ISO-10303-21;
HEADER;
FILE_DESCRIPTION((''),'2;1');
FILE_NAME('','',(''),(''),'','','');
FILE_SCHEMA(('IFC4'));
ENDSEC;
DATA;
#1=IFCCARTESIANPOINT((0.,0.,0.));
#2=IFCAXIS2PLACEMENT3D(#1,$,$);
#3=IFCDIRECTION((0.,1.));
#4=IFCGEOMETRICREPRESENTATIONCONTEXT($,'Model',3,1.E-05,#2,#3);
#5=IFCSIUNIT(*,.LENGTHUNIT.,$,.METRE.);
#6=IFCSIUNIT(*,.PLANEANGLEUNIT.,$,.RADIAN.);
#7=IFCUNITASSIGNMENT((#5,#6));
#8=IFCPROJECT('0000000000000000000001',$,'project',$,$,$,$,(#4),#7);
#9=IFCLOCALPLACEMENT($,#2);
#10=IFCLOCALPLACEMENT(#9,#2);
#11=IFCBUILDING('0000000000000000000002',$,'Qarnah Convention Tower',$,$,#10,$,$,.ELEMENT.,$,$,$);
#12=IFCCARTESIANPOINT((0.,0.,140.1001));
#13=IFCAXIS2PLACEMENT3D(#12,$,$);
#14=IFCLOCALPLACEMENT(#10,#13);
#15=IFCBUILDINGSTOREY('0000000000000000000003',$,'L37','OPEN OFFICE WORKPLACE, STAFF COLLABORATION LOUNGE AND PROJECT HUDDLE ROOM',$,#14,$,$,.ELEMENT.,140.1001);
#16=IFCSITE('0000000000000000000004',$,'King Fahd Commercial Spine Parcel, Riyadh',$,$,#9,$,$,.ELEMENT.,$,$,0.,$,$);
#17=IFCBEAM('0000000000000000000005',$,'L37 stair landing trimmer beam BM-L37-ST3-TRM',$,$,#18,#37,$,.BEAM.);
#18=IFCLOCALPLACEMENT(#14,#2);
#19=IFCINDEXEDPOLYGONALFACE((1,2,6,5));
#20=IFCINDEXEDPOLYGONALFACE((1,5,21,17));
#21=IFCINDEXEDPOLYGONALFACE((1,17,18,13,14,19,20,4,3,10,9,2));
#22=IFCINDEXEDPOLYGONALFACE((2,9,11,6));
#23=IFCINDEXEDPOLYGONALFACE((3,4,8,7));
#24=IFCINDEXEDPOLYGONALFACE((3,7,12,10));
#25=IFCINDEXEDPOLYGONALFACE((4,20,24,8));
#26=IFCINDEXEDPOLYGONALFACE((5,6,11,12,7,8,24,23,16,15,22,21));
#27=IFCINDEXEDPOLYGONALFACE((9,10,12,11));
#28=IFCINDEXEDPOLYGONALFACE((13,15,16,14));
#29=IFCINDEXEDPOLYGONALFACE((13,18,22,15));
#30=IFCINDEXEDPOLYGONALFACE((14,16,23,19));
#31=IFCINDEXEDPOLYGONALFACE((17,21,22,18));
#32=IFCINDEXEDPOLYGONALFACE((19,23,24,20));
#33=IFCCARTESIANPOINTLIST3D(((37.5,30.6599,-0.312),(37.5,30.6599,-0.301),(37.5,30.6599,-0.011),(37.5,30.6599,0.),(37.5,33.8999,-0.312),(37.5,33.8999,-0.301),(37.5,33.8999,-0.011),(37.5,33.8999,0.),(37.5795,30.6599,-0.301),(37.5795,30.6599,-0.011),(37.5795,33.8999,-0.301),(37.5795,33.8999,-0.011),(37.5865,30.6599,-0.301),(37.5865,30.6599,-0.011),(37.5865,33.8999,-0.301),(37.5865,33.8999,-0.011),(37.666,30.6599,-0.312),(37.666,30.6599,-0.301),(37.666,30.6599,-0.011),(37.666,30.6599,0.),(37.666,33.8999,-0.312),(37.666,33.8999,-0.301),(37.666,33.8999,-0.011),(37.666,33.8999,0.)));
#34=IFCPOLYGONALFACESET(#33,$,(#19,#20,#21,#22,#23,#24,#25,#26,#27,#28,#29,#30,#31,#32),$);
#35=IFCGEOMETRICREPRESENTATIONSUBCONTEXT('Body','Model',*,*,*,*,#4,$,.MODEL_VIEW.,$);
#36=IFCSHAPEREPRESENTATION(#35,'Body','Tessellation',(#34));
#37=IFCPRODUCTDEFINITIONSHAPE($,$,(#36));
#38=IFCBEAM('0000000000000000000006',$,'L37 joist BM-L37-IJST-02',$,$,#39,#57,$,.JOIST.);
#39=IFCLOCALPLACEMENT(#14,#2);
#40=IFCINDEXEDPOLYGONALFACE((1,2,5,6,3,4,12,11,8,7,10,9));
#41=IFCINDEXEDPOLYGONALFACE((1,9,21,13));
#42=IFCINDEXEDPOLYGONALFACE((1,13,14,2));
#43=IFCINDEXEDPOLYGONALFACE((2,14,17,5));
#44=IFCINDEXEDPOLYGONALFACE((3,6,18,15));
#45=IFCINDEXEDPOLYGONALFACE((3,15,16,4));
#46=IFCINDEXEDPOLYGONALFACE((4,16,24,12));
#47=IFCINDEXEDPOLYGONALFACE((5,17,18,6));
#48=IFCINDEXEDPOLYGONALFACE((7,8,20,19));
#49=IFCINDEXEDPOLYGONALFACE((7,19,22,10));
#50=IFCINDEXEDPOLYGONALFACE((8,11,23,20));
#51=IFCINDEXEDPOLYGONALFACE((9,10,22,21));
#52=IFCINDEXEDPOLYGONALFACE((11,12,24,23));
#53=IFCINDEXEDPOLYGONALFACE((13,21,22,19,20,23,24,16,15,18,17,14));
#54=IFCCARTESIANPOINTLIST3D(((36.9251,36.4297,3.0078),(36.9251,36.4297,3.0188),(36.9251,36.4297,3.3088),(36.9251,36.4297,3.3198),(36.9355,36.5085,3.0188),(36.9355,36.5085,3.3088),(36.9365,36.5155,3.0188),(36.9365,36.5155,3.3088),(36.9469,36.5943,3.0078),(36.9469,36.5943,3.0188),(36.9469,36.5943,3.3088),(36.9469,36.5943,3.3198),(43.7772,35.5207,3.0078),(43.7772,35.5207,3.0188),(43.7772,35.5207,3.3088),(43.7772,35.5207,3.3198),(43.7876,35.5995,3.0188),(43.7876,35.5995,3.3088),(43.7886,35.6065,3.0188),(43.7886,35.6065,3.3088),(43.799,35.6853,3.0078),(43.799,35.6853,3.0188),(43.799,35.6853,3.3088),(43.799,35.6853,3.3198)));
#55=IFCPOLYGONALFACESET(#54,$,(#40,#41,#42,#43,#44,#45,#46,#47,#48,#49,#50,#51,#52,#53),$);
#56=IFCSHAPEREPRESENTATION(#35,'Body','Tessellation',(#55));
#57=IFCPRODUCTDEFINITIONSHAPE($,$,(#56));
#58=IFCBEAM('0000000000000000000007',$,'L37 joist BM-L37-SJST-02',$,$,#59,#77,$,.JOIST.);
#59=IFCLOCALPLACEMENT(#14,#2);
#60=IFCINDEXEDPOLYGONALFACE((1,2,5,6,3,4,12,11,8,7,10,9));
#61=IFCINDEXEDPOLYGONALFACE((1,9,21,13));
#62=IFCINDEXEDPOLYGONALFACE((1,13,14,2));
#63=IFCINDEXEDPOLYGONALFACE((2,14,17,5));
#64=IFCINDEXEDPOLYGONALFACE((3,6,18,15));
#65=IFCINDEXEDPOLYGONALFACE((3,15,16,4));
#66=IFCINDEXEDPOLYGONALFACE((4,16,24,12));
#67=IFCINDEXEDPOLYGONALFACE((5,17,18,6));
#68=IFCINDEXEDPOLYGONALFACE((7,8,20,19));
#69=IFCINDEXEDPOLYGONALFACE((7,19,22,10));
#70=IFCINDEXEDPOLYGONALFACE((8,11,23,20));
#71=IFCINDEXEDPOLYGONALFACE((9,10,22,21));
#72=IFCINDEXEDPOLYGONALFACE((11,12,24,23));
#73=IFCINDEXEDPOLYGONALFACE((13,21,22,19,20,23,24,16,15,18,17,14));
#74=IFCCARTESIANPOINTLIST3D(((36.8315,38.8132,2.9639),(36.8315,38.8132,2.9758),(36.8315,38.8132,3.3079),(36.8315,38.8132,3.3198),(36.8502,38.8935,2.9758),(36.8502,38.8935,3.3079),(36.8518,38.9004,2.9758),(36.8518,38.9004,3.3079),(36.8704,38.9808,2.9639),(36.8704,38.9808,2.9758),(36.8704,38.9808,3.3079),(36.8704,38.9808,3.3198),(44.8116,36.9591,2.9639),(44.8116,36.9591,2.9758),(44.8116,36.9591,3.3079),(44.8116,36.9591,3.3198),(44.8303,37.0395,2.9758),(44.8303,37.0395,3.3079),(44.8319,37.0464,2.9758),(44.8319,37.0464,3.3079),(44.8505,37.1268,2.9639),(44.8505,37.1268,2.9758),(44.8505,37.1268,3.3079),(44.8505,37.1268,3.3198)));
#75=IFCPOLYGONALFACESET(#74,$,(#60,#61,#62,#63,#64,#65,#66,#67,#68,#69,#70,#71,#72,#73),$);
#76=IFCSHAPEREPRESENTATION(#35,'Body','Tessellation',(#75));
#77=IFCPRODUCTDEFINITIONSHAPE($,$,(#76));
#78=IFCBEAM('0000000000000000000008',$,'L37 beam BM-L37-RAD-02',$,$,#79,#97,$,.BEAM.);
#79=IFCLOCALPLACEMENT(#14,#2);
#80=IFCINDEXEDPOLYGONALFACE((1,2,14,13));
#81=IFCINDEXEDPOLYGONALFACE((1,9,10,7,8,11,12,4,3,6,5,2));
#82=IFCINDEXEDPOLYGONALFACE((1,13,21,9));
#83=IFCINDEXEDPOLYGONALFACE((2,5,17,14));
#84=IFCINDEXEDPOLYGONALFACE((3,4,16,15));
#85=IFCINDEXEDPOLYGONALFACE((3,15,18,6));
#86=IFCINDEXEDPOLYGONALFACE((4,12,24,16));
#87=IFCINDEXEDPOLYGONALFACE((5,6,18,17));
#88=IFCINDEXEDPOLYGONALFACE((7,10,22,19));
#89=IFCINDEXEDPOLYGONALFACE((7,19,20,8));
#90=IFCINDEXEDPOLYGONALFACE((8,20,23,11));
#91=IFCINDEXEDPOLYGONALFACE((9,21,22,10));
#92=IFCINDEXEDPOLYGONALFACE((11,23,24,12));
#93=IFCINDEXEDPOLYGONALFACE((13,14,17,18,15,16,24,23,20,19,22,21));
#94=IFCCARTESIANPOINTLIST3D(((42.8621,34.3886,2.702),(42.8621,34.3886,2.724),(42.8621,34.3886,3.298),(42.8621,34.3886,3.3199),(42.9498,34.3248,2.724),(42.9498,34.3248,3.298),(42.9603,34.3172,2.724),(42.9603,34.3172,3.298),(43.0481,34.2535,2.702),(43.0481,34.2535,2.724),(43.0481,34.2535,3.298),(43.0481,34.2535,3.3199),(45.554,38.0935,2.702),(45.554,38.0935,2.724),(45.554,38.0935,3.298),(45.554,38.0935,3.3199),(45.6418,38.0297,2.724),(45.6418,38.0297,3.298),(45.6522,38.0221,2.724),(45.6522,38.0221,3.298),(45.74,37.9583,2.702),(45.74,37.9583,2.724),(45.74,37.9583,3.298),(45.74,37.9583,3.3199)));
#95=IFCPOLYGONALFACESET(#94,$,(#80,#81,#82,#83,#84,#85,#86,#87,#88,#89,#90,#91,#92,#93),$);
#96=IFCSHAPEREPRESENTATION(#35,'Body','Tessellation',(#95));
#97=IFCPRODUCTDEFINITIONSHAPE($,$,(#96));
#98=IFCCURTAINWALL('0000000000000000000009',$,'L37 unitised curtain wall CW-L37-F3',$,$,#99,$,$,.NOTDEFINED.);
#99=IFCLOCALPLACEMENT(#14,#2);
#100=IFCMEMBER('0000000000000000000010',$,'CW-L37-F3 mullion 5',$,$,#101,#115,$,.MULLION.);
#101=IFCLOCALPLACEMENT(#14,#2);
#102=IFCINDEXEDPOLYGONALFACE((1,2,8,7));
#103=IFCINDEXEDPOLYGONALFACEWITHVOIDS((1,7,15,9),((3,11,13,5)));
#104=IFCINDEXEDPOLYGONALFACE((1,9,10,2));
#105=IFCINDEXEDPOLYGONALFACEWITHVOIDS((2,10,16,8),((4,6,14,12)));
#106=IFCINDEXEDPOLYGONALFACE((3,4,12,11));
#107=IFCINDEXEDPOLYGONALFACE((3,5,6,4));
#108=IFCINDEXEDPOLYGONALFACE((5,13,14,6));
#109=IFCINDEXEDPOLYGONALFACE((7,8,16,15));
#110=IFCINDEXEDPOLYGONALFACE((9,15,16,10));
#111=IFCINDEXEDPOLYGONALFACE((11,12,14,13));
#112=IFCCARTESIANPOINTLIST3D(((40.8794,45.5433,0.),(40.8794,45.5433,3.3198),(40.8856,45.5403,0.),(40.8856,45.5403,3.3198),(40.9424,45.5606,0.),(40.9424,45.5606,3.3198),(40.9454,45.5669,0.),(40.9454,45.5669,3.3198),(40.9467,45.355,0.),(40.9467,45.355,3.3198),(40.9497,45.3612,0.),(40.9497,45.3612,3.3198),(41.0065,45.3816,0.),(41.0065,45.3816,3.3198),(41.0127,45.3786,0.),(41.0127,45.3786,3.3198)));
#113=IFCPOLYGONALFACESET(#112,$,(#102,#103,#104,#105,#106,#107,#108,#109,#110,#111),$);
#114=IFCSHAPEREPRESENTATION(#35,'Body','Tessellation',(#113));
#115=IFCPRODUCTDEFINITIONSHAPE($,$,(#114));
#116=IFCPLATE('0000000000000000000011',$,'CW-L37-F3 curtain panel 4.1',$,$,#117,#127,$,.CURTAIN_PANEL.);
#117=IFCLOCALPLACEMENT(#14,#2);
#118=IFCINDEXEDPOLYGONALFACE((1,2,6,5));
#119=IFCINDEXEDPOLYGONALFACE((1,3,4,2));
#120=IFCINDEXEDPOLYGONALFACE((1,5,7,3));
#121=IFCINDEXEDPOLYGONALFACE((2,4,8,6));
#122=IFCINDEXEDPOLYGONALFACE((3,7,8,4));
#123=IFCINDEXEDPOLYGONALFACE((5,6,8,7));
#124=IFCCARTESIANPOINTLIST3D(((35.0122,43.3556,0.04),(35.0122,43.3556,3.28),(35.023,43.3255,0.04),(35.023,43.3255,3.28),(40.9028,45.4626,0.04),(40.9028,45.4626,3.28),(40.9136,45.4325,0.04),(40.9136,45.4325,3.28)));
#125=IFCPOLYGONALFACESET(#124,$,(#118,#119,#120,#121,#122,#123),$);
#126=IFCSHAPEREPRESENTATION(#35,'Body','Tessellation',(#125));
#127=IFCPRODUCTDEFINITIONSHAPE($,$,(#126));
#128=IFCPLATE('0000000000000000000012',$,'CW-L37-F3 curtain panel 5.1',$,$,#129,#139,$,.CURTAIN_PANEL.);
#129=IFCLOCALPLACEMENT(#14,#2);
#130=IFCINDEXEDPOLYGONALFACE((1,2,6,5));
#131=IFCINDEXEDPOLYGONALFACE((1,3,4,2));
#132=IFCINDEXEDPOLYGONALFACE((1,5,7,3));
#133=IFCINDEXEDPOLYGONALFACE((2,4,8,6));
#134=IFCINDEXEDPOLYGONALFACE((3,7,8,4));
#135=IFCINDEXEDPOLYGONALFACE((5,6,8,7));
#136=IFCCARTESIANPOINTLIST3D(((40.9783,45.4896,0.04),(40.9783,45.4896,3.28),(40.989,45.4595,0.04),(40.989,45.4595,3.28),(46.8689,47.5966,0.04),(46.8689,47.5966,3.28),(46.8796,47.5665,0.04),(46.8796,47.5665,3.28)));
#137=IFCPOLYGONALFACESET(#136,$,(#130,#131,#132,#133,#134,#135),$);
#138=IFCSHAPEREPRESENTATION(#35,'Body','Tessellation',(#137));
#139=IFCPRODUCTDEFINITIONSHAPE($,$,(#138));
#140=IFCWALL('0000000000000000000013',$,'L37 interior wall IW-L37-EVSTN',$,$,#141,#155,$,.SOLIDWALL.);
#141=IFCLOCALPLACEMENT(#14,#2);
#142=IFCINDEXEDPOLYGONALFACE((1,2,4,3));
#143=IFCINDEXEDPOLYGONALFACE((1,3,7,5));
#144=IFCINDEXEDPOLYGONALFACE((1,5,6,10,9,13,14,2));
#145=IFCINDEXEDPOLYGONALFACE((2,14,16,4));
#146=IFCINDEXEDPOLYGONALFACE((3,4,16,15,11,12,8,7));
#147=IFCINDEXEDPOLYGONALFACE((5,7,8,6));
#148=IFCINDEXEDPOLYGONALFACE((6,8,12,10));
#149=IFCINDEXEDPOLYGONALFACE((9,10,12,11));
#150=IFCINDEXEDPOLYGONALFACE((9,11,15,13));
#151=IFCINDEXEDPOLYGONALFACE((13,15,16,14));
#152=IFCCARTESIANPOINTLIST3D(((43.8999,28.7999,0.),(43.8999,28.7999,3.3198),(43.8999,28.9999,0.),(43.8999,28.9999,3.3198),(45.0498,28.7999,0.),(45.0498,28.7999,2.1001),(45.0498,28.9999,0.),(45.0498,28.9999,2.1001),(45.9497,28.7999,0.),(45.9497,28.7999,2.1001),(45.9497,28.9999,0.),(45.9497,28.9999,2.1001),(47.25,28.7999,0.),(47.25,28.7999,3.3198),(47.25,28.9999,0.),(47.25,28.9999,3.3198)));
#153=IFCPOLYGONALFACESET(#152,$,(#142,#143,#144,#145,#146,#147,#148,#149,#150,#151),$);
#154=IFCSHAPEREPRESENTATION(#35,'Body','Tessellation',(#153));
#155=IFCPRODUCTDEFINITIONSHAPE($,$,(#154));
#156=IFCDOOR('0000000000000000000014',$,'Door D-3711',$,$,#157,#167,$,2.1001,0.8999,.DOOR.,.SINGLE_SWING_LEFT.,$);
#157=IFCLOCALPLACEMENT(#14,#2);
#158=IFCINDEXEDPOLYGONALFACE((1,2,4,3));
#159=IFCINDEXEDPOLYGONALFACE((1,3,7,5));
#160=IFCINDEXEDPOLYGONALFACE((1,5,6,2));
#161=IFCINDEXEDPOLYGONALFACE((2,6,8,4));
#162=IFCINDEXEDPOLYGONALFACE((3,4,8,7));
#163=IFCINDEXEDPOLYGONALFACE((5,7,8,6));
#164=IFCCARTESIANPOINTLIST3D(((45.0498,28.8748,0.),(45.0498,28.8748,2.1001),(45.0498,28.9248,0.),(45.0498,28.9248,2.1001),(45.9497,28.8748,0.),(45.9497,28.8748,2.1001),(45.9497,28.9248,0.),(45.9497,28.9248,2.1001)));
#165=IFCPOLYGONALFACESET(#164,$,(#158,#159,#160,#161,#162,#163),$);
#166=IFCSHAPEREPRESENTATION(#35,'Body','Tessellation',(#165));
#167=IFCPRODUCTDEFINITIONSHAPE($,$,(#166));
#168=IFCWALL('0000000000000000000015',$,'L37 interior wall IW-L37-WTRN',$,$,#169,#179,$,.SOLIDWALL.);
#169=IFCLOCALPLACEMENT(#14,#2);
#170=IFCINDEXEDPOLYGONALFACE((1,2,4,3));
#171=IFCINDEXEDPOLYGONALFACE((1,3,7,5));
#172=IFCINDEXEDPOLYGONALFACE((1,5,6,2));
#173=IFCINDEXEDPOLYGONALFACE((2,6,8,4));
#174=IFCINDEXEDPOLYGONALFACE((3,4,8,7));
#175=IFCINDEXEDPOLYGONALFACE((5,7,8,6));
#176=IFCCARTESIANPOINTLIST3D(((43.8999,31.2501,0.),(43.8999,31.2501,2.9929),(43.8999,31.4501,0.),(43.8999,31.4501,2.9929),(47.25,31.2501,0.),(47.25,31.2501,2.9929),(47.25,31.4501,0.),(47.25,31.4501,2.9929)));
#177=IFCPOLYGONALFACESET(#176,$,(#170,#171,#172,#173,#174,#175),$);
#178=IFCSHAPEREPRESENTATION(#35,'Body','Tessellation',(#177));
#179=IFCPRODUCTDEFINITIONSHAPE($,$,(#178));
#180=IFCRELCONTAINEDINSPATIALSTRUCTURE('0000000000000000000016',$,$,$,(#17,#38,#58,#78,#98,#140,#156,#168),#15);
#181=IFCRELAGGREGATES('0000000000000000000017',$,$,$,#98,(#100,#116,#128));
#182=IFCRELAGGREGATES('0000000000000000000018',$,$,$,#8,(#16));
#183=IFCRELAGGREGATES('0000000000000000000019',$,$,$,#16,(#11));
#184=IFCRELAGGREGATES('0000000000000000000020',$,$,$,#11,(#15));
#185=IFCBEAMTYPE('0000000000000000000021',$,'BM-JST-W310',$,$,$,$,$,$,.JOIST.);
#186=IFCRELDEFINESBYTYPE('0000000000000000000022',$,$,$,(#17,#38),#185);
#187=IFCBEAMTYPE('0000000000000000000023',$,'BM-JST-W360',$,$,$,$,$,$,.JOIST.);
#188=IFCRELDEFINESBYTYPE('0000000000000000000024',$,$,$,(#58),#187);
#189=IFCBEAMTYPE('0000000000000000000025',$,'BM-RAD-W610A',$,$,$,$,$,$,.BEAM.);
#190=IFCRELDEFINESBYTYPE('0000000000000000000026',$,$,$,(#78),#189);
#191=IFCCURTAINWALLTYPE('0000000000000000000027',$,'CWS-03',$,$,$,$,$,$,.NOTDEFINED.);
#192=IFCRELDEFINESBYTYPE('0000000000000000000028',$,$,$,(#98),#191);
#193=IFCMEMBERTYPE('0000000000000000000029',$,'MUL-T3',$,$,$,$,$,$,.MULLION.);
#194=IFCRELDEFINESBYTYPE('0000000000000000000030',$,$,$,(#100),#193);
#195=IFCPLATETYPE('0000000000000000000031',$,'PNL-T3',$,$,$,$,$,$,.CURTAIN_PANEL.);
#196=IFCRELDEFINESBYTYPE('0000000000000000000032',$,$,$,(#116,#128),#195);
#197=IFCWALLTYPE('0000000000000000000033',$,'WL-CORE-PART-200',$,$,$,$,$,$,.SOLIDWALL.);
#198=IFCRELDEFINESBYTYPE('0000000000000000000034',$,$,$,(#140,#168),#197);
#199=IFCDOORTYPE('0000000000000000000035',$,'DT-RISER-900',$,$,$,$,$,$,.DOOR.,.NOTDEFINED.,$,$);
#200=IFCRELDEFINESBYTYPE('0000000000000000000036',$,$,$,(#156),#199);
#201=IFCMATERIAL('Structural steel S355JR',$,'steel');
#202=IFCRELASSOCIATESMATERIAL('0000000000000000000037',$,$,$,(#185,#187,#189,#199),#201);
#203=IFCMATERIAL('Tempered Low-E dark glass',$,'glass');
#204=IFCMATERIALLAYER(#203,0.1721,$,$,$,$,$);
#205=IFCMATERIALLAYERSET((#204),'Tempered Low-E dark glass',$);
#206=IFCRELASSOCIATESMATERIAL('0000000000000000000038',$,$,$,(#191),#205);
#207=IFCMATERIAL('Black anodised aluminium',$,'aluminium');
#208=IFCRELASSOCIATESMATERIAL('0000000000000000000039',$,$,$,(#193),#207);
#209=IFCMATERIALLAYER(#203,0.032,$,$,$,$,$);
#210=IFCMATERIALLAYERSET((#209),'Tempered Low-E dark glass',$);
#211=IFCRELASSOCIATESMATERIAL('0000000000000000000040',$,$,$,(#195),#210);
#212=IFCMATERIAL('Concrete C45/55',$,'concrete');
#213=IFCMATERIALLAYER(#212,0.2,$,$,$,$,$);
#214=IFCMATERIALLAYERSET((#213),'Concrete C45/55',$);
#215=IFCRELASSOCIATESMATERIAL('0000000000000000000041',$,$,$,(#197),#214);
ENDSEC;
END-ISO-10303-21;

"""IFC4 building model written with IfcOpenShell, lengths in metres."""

from ifc_helpers import new_model, si_unit, direction, frame, frame_2d, origin, origin_2d, place, context, subcontext, project, spatial, rectangle, hollow_rectangle, i_section, extrude, material, layer, layer_set, material_profile, profile_set, type_object, element, fill, aggregate, save


model = new_model("IFC4")

# Units and contexts
model_context = context("Model", 3, precision=1e-05, world=origin(), true_north=direction((0.0, 1.0)))
body_context = subcontext(model_context, "Body", "Model", "MODEL_VIEW")
ifc_project = project(units=[si_unit("LENGTHUNIT", "METRE"), si_unit("PLANEANGLEUNIT", "RADIAN")], contexts=[model_context])

# Site, building, storey
site_placement = place(None, origin())
site = spatial("IfcSite", under=ifc_project, at=site_placement, Name="King Fahd Commercial Spine Parcel, Riyadh", CompositionType="ELEMENT", RefElevation=0.0)
building_placement = place(site_placement, origin())
building = spatial("IfcBuilding", under=site, at=building_placement, Name="Qarnah Convention Tower", CompositionType="ELEMENT")
storey_placement = place(building_placement, frame((0.0, 0.0, 140.1001)))
storey = spatial("IfcBuildingStorey", under=building, at=storey_placement, Name="L37", Description="OPEN OFFICE WORKPLACE, STAFF COLLABORATION LOUNGE AND PROJECT HUDDLE ROOM", CompositionType="ELEMENT", Elevation=140.1001)

# Beams
ifc_material_1 = material(Name="Structural steel S355JR", Category="steel")
ifc_material_profile_1 = material_profile(ifc_material_1, i_section(OverallWidth=0.166, OverallDepth=0.312, WebThickness=0.0071, FlangeThickness=0.011, at=origin_2d()), Name="W310X45")
ifc_profile_set_1 = profile_set([ifc_material_profile_1], Name="Structural steel S355JR")
beam_type_1 = type_object("IfcBeamType", Name="BM-JST-W310", PredefinedType="JOIST", material=ifc_profile_set_1)
beam_1_placement = place(storey_placement, frame((37.583, 30.6599, -0.156), z_axis=(0.0, 1.0, 0.0), x_axis=(-1.0, 0.0, 0.0)))
element("IfcBeam", 1, at=beam_1_placement, inside=storey, type_object=beam_type_1, Name="L37 stair landing trimmer beam BM-L37-ST3-TRM", PredefinedType="BEAM", context=body_context, shape_type="SweptSolid", body=[
    extrude(i_section(OverallWidth=0.166, OverallDepth=0.312, WebThickness=0.0071, FlangeThickness=0.011, at=origin_2d()), origin(), (0.0, 0.0, 1.0), 3.24),
])
beam_2_placement = place(storey_placement, frame((43.7881, 35.603, 3.1638), z_axis=(-0.991316, 0.1315, 0.0), x_axis=(-0.1315, -0.991316, 0.0)))
element("IfcBeam", 2, at=beam_2_placement, inside=storey, type_object=beam_type_1, Name="L37 joist BM-L37-IJST-02", PredefinedType="JOIST", context=body_context, shape_type="SweptSolid", body=[
    extrude(i_section(OverallWidth=0.166, OverallDepth=0.312, WebThickness=0.0071, FlangeThickness=0.011, at=origin_2d()), origin(), (0.0, 0.0, 1.0), 6.9121),
])
ifc_material_profile_2 = material_profile(ifc_material_1, i_section(OverallWidth=0.1721, OverallDepth=0.356, WebThickness=0.0071, FlangeThickness=0.012, at=origin_2d()), Name="W360X51")
ifc_profile_set_2 = profile_set([ifc_material_profile_2], Name="Structural steel S355JR")
beam_type_2 = type_object("IfcBeamType", Name="BM-JST-W360", PredefinedType="JOIST", material=ifc_profile_set_2)
beam_3_placement = place(storey_placement, frame((44.8311, 37.043, 3.1418), z_axis=(-0.974057, 0.226304, 0.0), x_axis=(-0.226304, -0.974057, 0.0)))
element("IfcBeam", 3, at=beam_3_placement, inside=storey, type_object=beam_type_2, Name="L37 joist BM-L37-SJST-02", PredefinedType="JOIST", context=body_context, shape_type="SweptSolid", body=[
    extrude(i_section(OverallWidth=0.1721, OverallDepth=0.356, WebThickness=0.0071, FlangeThickness=0.012, at=origin_2d()), origin(), (0.0, 0.0, 1.0), 8.1926),
])
ifc_material_profile_3 = material_profile(ifc_material_1, i_section(OverallWidth=0.23, OverallDepth=0.6179, WebThickness=0.0129, FlangeThickness=0.022, at=origin_2d()), Name="W610X140")
ifc_profile_set_3 = profile_set([ifc_material_profile_3], Name="Structural steel S355JR")
beam_type_3 = type_object("IfcBeamType", Name="BM-RAD-W610A", PredefinedType="BEAM", material=ifc_profile_set_3)
beam_4_placement = place(storey_placement, frame((42.9551, 34.321, 3.011), z_axis=(0.58781, 0.808999, 0.0), x_axis=(-0.808999, 0.58781, 0.0)))
element("IfcBeam", 4, at=beam_4_placement, inside=storey, type_object=beam_type_3, Name="L37 beam BM-L37-RAD-02", PredefinedType="BEAM", context=body_context, shape_type="SweptSolid", body=[
    extrude(i_section(OverallWidth=0.23, OverallDepth=0.6179, WebThickness=0.0129, FlangeThickness=0.022, at=origin_2d()), origin(), (0.0, 0.0, 1.0), 4.5796),
])

# Curtain wall, member, plates
ifc_material_2 = material(Name="Tempered Low-E dark glass", Category="glass")
ifc_layer_1 = layer(ifc_material_2, 0.1721)
ifc_layer_set_1 = layer_set([ifc_layer_1], Name="Tempered Low-E dark glass")
curtain_wall_type = type_object("IfcCurtainWallType", Name="CWS-03", PredefinedType="NOTDEFINED", material=ifc_layer_set_1)
curtain_wall_placement = place(storey_placement, origin())
curtain_wall = element("IfcCurtainWall", 5, at=curtain_wall_placement, inside=storey, type_object=curtain_wall_type, Name="L37 unitised curtain wall CW-L37-F3", PredefinedType="NOTDEFINED")
ifc_material_3 = material(Name="Black anodised aluminium", Category="aluminium")
ifc_material_profile_4 = material_profile(ifc_material_3, hollow_rectangle(XDim=0.0701, YDim=0.2, WallThickness=0.0049, at=origin_2d()), Name="MUL-70X200")
ifc_profile_set_4 = profile_set([ifc_material_profile_4], Name="Black anodised aluminium")
member_type = type_object("IfcMemberType", Name="MUL-T3", PredefinedType="MULLION", material=ifc_profile_set_4)
member_placement = place(storey_placement, frame((40.946, 45.4609, 0.0), z_axis=(0.0, 0.0, 1.0), x_axis=(0.941578, 0.336796, 0.0)))
member = element("IfcMember", 6, at=member_placement, type_object=member_type, Name="CW-L37-F3 mullion 5", PredefinedType="MULLION", context=body_context, shape_type="SweptSolid", body=[
    extrude(hollow_rectangle(XDim=0.0701, YDim=0.2, WallThickness=0.0049, at=origin_2d()), origin(), (0.0, 0.0, 1.0), 3.3198),
])
ifc_layer_2 = layer(ifc_material_2, 0.032)
ifc_layer_set_2 = layer_set([ifc_layer_2], Name="Tempered Low-E dark glass")
plate_type = type_object("IfcPlateType", Name="PNL-T3", PredefinedType="CURTAIN_PANEL", material=ifc_layer_set_2)
plate_1_placement = place(storey_placement, frame((37.9629, 44.394, 0.04), z_axis=(0.0, 0.0, 1.0), x_axis=(0.941578, 0.336796, 0.0)))
plate_1 = element("IfcPlate", 7, at=plate_1_placement, type_object=plate_type, Name="CW-L37-F3 curtain panel 4.1", PredefinedType="CURTAIN_PANEL", context=body_context, shape_type="SweptSolid", body=[
    extrude(rectangle(XDim=6.2561, YDim=0.032, at=origin_2d()), origin(), (0.0, 0.0, 1.0), 3.24),
])
plate_2_placement = place(storey_placement, frame((43.929, 46.5281, 0.04), z_axis=(0.0, 0.0, 1.0), x_axis=(0.941578, 0.336796, 0.0)))
plate_2 = element("IfcPlate", 8, at=plate_2_placement, type_object=plate_type, Name="CW-L37-F3 curtain panel 5.1", PredefinedType="CURTAIN_PANEL", context=body_context, shape_type="SweptSolid", body=[
    extrude(rectangle(XDim=6.2561, YDim=0.032, at=origin_2d()), origin(), (0.0, 0.0, 1.0), 3.24),
])
aggregate(curtain_wall, [member, plate_1, plate_2])

# Wall, opening, door
ifc_material_4 = material(Name="Concrete C45/55", Category="concrete")
ifc_layer_3 = layer(ifc_material_4, 0.2)
ifc_layer_set_3 = layer_set([ifc_layer_3], Name="Concrete C45/55")
wall_type_1 = type_object("IfcWallType", Name="WL-CORE-PART-200", PredefinedType="SOLIDWALL", material=ifc_layer_set_3)
wall_1_placement = place(storey_placement, frame((43.8999, 28.8999, 0.0), z_axis=(0.0, 0.0, 1.0), x_axis=(1.0, 0.0, 0.0)))
wall_1 = element("IfcWall", 9, at=wall_1_placement, inside=storey, type_object=wall_type_1, Name="L37 interior wall IW-L37-EVSTN", PredefinedType="SOLIDWALL", context=body_context, shape_type="SweptSolid", body=[
    extrude(rectangle(XDim=3.3501, YDim=0.2, at=frame_2d((1.675, 0.0))), origin(), (0.0, 0.0, 1.0), 3.3198),
])
opening_1_placement = place(wall_1_placement, frame((1.1499, 0.0, 0.0)))
opening_1 = element("IfcOpeningElement", 10, at=opening_1_placement, cuts=wall_1, PredefinedType="OPENING", context=body_context, shape_type="SweptSolid", body=[
    extrude(rectangle(XDim=0.8999, YDim=2.1001, at=frame_2d((0.45, 1.05))), frame((0.0, 0.1099, 0.0), z_axis=(0.0, -1.0, 0.0), x_axis=(1.0, 0.0, 0.0)), (0.0, 0.0, 1.0), 0.22),
])
door_type_1 = type_object("IfcDoorType", Name="DT-RISER-900", OperationType="NOTDEFINED", PredefinedType="DOOR", material=ifc_material_1)
door_1_placement = place(opening_1_placement, origin())
door_1 = element("IfcDoor", 11, at=door_1_placement, inside=storey, type_object=door_type_1, Name="Door D-3711", OperationType="SINGLE_SWING_LEFT", OverallHeight=2.1001, OverallWidth=0.8999, PredefinedType="DOOR", context=body_context, shape_type="SweptSolid", body=[
    extrude(rectangle(XDim=0.8999, YDim=2.1001, at=frame_2d((0.45, 1.05))), frame((0.0, 0.0249, 0.0), z_axis=(0.0, -1.0, 0.0), x_axis=(1.0, 0.0, 0.0)), (0.0, 0.0, 1.0), 0.05),
])
fill(opening_1, door_1)

# Wall
wall_2_placement = place(storey_placement, frame((43.8999, 31.3501, 0.0), z_axis=(0.0, 0.0, 1.0), x_axis=(1.0, 0.0, 0.0)))
element("IfcWall", 12, at=wall_2_placement, inside=storey, type_object=wall_type_1, Name="L37 interior wall IW-L37-WTRN", PredefinedType="SOLIDWALL", context=body_context, shape_type="SweptSolid", body=[
    extrude(rectangle(XDim=3.3501, YDim=0.2, at=frame_2d((1.675, 0.0))), origin(), (0.0, 0.0, 1.0), 2.9929),
])

save(model, "model.ifc")
